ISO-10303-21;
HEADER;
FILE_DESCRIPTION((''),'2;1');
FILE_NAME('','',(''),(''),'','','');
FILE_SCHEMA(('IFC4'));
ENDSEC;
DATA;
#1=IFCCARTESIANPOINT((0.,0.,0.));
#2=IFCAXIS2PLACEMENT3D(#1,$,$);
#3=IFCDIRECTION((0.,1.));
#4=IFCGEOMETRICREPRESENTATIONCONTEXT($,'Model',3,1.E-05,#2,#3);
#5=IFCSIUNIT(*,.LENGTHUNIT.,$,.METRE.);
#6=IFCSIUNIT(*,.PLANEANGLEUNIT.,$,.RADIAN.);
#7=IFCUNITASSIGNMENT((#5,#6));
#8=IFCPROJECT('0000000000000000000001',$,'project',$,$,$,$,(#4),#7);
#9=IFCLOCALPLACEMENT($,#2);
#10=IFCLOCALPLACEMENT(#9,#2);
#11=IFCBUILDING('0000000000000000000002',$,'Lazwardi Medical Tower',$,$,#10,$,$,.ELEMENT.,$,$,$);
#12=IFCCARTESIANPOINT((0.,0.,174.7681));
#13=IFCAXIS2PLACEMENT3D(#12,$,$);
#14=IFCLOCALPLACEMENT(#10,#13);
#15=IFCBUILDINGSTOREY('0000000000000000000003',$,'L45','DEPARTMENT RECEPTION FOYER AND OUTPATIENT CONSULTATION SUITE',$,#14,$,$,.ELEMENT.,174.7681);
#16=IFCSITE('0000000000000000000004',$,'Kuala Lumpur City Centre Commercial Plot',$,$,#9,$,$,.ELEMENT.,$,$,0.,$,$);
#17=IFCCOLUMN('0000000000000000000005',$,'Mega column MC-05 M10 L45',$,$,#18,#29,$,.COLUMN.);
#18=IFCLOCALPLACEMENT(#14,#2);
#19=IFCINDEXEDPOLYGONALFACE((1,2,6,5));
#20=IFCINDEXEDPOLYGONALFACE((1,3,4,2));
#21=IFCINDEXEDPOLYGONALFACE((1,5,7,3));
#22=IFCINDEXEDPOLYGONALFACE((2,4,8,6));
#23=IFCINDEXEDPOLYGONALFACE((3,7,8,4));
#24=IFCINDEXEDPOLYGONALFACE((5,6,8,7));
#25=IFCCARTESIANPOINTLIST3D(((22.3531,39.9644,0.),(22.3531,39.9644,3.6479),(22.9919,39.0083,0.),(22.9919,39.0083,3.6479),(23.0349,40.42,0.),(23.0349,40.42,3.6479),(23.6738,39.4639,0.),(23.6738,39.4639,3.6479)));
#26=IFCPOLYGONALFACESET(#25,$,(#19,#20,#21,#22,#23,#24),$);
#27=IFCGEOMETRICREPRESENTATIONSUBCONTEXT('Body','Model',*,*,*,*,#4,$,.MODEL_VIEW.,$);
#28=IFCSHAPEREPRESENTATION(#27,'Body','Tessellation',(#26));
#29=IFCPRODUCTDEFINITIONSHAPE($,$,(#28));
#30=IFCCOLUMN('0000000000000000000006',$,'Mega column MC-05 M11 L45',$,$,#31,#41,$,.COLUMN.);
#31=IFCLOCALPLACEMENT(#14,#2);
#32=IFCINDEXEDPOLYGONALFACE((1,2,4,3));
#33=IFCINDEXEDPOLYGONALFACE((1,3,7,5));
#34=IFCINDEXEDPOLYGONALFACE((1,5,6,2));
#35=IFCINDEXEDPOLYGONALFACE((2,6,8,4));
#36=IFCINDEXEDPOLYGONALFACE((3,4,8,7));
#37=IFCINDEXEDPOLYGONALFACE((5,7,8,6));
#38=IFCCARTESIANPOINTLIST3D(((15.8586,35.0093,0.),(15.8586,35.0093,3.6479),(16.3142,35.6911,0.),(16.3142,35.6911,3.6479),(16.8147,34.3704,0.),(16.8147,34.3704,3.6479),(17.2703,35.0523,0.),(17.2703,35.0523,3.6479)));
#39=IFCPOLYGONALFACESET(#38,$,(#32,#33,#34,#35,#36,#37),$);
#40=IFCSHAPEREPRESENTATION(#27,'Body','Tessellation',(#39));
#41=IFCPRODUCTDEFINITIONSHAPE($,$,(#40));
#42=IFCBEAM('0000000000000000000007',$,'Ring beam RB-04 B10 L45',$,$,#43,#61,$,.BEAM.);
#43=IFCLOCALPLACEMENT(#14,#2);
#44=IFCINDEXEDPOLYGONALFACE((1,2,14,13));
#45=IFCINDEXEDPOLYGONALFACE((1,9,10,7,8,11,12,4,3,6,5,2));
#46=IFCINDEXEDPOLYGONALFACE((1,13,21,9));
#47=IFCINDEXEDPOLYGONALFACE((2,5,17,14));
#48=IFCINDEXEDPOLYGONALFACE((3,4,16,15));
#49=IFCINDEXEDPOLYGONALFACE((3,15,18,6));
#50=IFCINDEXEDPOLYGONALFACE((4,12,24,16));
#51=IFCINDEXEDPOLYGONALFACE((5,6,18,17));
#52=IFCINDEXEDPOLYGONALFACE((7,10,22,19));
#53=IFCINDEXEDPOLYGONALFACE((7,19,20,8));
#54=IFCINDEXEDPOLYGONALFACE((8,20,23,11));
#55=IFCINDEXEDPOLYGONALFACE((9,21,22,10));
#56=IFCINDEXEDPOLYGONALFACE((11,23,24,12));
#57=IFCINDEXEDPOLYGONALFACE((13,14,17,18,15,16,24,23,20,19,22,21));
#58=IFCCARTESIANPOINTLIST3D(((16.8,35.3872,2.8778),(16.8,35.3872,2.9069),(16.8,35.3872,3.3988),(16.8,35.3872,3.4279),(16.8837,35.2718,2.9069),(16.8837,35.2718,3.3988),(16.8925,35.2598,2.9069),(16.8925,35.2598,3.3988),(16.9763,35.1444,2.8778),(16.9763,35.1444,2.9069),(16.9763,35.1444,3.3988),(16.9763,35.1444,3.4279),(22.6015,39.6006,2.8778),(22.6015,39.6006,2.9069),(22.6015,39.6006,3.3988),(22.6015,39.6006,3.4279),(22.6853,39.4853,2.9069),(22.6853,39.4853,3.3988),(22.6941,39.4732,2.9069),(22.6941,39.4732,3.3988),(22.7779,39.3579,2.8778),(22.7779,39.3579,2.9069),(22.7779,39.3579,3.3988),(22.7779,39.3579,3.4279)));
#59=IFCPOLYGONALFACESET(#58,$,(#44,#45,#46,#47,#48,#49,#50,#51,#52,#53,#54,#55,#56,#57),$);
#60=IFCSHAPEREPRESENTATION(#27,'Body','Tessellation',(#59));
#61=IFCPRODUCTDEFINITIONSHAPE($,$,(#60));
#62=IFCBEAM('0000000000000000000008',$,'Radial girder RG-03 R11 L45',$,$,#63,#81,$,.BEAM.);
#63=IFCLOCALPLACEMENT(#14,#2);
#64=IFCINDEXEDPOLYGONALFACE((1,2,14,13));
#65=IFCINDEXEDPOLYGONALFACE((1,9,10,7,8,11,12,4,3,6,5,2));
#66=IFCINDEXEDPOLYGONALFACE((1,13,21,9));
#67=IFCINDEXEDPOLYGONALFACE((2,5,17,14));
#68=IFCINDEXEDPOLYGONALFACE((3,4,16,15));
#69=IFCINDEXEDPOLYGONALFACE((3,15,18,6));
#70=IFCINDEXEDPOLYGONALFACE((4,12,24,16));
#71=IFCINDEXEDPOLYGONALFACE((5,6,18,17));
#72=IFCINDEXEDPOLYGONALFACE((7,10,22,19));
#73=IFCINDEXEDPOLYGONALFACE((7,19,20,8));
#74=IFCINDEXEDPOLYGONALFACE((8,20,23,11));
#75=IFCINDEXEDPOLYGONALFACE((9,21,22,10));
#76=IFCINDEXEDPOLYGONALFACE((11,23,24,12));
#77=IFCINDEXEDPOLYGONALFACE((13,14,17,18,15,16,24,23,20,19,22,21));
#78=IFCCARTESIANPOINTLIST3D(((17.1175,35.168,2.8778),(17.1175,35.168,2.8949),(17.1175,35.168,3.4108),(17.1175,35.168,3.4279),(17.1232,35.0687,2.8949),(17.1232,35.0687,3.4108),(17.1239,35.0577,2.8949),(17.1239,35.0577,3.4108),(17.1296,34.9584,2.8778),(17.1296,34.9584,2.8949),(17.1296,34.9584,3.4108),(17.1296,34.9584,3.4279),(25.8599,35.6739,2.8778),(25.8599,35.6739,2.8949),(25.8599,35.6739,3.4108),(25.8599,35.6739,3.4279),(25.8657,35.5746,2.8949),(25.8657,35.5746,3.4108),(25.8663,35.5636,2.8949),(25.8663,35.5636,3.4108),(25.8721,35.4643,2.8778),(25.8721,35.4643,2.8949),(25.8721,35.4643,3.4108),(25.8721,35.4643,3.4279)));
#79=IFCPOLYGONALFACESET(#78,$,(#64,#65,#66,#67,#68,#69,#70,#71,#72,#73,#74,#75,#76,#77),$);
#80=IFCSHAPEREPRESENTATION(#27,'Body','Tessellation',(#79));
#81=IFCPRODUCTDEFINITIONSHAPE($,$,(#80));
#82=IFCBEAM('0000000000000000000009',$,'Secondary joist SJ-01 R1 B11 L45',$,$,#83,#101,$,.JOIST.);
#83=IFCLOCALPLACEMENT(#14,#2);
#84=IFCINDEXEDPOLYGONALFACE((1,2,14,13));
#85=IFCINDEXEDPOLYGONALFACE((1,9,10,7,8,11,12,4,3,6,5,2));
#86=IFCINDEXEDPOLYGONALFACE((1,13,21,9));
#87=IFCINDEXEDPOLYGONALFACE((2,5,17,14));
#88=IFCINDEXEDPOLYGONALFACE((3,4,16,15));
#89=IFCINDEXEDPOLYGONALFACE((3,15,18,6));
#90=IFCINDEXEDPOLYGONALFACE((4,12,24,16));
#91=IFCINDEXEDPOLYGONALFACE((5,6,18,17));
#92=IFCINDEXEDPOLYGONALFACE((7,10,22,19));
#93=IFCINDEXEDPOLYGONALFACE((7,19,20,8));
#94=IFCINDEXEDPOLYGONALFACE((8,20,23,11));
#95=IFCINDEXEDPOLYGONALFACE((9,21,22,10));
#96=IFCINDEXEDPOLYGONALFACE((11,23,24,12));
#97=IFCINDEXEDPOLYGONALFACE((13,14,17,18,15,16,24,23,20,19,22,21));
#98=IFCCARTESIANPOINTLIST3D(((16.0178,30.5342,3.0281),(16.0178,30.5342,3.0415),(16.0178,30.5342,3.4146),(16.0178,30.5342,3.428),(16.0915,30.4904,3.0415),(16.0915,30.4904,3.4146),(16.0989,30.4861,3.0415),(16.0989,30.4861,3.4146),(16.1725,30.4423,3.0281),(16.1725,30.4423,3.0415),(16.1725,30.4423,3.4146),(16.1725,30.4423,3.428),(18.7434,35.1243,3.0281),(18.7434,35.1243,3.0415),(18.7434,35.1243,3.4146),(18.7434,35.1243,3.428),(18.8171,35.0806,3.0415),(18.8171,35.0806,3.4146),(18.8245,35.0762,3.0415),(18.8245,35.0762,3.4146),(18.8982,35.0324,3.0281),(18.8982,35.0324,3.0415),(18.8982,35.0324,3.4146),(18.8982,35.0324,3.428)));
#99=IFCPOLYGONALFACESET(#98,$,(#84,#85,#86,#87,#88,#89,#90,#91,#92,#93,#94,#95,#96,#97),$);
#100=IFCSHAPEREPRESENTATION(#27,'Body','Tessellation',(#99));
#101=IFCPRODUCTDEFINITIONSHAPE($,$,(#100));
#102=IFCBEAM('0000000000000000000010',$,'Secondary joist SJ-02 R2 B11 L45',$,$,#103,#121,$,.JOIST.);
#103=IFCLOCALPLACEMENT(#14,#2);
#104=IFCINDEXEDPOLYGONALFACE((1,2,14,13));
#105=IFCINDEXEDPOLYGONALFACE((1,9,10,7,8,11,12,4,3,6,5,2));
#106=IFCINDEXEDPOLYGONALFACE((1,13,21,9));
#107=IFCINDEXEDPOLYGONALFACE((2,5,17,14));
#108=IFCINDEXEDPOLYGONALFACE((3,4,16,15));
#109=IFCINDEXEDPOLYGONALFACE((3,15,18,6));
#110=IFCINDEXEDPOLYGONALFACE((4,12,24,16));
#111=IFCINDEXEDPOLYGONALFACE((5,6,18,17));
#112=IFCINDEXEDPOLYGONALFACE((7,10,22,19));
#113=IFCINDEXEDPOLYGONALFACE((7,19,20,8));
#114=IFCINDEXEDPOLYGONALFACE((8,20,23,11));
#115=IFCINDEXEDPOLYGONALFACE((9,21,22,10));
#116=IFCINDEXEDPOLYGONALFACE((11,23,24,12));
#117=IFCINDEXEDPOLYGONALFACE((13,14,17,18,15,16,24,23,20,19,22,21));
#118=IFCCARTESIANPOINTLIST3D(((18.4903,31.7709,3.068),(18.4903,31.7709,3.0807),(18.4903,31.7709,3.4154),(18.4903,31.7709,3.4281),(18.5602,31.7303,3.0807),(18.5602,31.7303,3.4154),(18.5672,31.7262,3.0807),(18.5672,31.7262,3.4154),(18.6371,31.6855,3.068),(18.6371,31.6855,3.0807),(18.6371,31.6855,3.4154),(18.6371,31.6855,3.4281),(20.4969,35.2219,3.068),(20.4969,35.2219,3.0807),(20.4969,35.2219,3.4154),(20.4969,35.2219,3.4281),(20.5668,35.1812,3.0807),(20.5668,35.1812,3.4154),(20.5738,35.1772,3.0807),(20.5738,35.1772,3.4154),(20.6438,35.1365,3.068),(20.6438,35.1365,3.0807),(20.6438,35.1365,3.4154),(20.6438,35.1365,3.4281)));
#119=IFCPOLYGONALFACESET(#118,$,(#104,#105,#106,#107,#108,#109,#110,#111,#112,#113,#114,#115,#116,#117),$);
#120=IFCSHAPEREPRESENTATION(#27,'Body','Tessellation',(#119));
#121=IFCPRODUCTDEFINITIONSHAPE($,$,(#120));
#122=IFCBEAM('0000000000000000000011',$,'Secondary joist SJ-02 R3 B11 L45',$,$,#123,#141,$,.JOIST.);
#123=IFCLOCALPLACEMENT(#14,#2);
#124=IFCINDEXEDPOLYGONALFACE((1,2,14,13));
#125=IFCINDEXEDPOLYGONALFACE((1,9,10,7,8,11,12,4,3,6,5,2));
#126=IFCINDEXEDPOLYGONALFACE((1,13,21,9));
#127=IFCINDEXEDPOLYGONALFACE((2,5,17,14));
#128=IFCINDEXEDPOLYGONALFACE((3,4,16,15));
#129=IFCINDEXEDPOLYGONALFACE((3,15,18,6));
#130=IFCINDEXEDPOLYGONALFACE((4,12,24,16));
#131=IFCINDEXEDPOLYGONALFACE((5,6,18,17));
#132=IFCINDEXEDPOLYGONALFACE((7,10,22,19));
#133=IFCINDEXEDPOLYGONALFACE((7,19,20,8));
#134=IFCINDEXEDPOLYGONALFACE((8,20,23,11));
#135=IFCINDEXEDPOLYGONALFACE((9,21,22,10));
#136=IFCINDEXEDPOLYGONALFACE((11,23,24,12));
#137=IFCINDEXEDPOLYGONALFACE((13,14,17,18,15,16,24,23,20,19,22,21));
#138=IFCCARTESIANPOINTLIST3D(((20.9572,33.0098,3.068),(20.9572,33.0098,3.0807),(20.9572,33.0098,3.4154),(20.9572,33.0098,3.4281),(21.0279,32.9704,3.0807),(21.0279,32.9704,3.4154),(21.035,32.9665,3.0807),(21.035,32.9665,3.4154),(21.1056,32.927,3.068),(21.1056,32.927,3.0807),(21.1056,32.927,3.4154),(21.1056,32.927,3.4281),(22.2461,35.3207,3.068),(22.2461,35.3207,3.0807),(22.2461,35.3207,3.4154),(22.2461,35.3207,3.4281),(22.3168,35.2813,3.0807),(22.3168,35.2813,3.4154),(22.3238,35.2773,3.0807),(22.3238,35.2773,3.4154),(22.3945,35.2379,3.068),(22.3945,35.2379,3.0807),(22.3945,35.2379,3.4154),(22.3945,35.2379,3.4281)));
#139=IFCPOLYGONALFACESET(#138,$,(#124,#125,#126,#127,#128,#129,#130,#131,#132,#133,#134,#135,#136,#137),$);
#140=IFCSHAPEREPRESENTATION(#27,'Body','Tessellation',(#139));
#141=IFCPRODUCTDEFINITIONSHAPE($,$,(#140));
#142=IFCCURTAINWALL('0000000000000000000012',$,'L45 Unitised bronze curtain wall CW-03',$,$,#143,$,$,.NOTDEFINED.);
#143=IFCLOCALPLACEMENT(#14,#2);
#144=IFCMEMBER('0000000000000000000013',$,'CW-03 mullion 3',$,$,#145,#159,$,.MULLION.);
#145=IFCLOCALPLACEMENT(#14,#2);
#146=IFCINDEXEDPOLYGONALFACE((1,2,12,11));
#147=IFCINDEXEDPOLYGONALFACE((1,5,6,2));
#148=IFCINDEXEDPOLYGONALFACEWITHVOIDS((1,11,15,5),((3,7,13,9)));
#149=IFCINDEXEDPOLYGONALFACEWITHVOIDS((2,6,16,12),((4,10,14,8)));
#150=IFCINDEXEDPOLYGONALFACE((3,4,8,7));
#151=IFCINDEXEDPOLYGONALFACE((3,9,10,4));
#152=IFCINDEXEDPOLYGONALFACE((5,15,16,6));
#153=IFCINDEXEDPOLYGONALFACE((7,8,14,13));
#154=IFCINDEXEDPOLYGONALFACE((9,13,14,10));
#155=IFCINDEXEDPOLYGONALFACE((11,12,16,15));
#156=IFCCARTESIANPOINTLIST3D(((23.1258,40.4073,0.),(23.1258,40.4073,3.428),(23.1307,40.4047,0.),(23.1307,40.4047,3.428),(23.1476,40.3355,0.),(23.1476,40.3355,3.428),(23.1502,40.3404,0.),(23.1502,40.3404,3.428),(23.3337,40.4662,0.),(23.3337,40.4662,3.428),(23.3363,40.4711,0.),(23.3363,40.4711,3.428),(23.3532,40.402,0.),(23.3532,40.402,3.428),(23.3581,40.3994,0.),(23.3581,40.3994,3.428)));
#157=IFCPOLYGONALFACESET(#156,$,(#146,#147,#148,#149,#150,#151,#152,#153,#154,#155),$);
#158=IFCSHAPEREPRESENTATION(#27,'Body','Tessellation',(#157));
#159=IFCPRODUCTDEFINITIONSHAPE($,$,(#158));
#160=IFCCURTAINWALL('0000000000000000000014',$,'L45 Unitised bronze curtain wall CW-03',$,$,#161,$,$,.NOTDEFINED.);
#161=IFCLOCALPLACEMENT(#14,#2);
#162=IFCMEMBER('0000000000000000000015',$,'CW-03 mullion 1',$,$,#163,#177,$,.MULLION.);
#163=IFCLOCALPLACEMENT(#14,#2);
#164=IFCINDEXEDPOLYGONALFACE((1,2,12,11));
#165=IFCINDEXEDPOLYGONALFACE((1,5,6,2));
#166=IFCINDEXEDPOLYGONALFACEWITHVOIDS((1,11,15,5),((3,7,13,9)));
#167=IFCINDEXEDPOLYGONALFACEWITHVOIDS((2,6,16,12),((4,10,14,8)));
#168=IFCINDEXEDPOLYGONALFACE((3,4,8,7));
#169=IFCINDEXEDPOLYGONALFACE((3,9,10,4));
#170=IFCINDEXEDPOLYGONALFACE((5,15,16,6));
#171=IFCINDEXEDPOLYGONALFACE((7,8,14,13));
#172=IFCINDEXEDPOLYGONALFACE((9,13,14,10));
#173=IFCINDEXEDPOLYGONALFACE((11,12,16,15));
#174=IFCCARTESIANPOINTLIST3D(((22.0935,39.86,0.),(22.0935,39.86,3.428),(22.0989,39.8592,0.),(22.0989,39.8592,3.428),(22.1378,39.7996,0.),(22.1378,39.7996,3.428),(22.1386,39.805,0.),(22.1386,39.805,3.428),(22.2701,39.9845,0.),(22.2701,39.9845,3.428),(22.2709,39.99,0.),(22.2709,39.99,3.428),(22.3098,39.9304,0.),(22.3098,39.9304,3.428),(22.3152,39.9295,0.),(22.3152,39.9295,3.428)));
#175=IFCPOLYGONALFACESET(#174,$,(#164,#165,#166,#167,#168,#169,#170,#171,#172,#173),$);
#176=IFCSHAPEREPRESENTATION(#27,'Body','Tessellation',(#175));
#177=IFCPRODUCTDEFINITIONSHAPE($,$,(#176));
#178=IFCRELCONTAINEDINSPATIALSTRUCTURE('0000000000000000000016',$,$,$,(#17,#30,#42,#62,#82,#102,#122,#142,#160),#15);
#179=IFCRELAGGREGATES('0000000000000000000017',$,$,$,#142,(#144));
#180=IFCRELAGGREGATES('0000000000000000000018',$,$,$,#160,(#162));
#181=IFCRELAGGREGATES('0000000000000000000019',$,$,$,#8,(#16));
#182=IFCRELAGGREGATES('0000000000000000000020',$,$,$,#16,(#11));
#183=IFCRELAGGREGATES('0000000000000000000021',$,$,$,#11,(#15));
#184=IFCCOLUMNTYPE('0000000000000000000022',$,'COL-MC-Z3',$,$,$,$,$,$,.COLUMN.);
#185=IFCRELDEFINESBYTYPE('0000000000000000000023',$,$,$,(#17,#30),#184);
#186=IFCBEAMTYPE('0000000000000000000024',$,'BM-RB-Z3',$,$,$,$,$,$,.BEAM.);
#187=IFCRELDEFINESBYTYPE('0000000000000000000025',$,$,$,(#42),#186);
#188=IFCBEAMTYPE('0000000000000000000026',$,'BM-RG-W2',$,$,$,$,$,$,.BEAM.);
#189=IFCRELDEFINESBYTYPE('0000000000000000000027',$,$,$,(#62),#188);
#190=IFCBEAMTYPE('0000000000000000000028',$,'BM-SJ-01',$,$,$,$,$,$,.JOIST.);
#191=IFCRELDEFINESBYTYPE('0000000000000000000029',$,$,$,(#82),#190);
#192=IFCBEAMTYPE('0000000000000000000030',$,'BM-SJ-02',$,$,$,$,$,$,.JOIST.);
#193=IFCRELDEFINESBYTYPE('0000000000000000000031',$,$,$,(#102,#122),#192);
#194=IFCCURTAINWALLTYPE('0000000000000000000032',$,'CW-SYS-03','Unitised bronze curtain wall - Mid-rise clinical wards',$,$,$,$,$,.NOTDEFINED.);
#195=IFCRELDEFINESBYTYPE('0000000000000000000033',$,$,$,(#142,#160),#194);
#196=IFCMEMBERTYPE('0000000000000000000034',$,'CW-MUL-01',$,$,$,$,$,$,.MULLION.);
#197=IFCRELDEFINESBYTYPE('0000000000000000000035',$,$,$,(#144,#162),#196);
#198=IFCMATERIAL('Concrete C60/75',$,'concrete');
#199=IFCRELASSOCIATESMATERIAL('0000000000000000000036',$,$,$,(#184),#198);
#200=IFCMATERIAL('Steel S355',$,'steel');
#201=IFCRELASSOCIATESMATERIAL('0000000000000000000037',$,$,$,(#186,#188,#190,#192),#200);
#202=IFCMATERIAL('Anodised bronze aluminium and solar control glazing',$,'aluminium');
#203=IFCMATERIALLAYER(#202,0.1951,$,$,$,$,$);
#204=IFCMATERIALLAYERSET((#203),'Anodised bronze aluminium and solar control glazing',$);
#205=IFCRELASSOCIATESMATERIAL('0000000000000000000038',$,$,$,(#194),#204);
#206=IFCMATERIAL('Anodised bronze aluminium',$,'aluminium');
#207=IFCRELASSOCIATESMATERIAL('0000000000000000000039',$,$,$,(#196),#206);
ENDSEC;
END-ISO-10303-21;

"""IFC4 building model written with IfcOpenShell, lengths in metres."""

from ifc_helpers import new_model, si_unit, direction, frame, origin, origin_2d, place, context, subcontext, project, spatial, rectangle, hollow_rectangle, i_section, extrude, material, layer, layer_set, material_profile, profile_set, type_object, element, aggregate, save


model = new_model("IFC4")

# Units and contexts
model_context = context("Model", 3, precision=1e-05, world=origin(), true_north=direction((0.0, 1.0)))
body_context = subcontext(model_context, "Body", "Model", "MODEL_VIEW")
ifc_project = project(units=[si_unit("LENGTHUNIT", "METRE"), si_unit("PLANEANGLEUNIT", "RADIAN")], contexts=[model_context])

# Site, building, storey
site_placement = place(None, origin())
site = spatial("IfcSite", under=ifc_project, at=site_placement, Name="Kuala Lumpur City Centre Commercial Plot", CompositionType="ELEMENT", RefElevation=0.0)
building_placement = place(site_placement, origin())
building = spatial("IfcBuilding", under=site, at=building_placement, Name="Lazwardi Medical Tower", CompositionType="ELEMENT")
storey_placement = place(building_placement, frame((0.0, 0.0, 174.7681)))
storey = spatial("IfcBuildingStorey", under=building, at=storey_placement, Name="L45", Description="DEPARTMENT RECEPTION FOYER AND OUTPATIENT CONSULTATION SUITE", CompositionType="ELEMENT", Elevation=174.7681)

# Columns
ifc_material_1 = material(Name="Concrete C60/75", Category="concrete")
ifc_material_profile_1 = material_profile(ifc_material_1, rectangle(XDim=1.1499, YDim=0.8201, at=origin_2d()), Name="CFT-RECT 1150x820")
ifc_profile_set_1 = profile_set([ifc_material_profile_1], Name="Concrete C60/75")
column_type = type_object("IfcColumnType", Name="COL-MC-Z3", PredefinedType="COLUMN", material=ifc_profile_set_1)
for number, where, z_axis, x_axis, name in (
    (1, (23.0134, 39.7141, 0.0), (0.0, 0.0, 1.0), (-0.55557, 0.83147, 0.0), "Mega column MC-05 M10 L45"),
    (2, (16.5645, 35.0308, 0.0), (0.0, 0.0, 1.0), (-0.83147, 0.55557, 0.0), "Mega column MC-05 M11 L45"),
):
    element("IfcColumn", number, at=place(storey_placement, frame(where, z_axis=z_axis, x_axis=x_axis)), inside=storey, type_object=column_type, Name=name, PredefinedType="COLUMN", context=body_context, shape_type="SweptSolid", body=[
        extrude(rectangle(XDim=1.1499, YDim=0.8201, at=origin_2d()), origin(), (0.0, 0.0, 1.0), 3.6479),
    ])

# Beams
ifc_material_2 = material(Name="Steel S355", Category="steel")
ifc_material_profile_2 = material_profile(ifc_material_2, i_section(OverallWidth=0.3, OverallDepth=0.55, WebThickness=0.0149, FlangeThickness=0.0291, at=origin_2d()), Name="HEB 550")
ifc_profile_set_2 = profile_set([ifc_material_profile_2], Name="Steel S355")
beam_type_1 = type_object("IfcBeamType", Name="BM-RB-Z3", PredefinedType="BEAM", material=ifc_profile_set_2)
beam_1_placement = place(storey_placement, frame((22.6897, 39.4792, 3.1528), z_axis=(-0.809128, -0.587633, 0.0), x_axis=(0.587633, -0.809128, 0.0)))
element("IfcBeam", 3, at=beam_1_placement, inside=storey, type_object=beam_type_1, Name="Ring beam RB-04 B10 L45", PredefinedType="BEAM", context=body_context, shape_type="SweptSolid", body=[
    extrude(i_section(OverallWidth=0.3, OverallDepth=0.55, WebThickness=0.0149, FlangeThickness=0.0291, at=origin_2d()), origin(), (0.0, 0.0, 1.0), 7.1702),
])
ifc_material_profile_3 = material_profile(ifc_material_2, i_section(OverallWidth=0.21, OverallDepth=0.55, WebThickness=0.011, FlangeThickness=0.0171, at=origin_2d()), Name="IPE 550")
ifc_profile_set_3 = profile_set([ifc_material_profile_3], Name="Steel S355")
beam_type_2 = type_object("IfcBeamType", Name="BM-RG-W2", PredefinedType="BEAM", material=ifc_profile_set_3)
beam_2_placement = place(storey_placement, frame((17.1235, 35.0632, 3.1528), z_axis=(0.99833, 0.057766, 0.0), x_axis=(-0.057766, 0.99833, 0.0)))
element("IfcBeam", 4, at=beam_2_placement, inside=storey, type_object=beam_type_2, Name="Radial girder RG-03 R11 L45", PredefinedType="BEAM", context=body_context, shape_type="SweptSolid", body=[
    extrude(i_section(OverallWidth=0.21, OverallDepth=0.55, WebThickness=0.011, FlangeThickness=0.0171, at=origin_2d()), origin(), (0.0, 0.0, 1.0), 8.7571),
])
ifc_material_profile_4 = material_profile(ifc_material_2, i_section(OverallWidth=0.1799, OverallDepth=0.3999, WebThickness=0.0085, FlangeThickness=0.0134, at=origin_2d()), Name="IPE 400")
ifc_profile_set_4 = profile_set([ifc_material_profile_4], Name="Steel S355")
beam_type_3 = type_object("IfcBeamType", Name="BM-SJ-01", PredefinedType="JOIST", material=ifc_profile_set_4)
beam_3_placement = place(storey_placement, frame((18.8208, 35.0784, 3.228), z_axis=(-0.510569, -0.859837, 0.0), x_axis=(0.859837, -0.510569, 0.0)))
element("IfcBeam", 5, at=beam_3_placement, inside=storey, type_object=beam_type_3, Name="Secondary joist SJ-01 R1 B11 L45", PredefinedType="JOIST", context=body_context, shape_type="SweptSolid", body=[
    extrude(i_section(OverallWidth=0.1799, OverallDepth=0.3999, WebThickness=0.0085, FlangeThickness=0.0134, at=origin_2d()), origin(), (0.0, 0.0, 1.0), 5.3384),
])
ifc_material_profile_5 = material_profile(ifc_material_2, i_section(OverallWidth=0.1699, OverallDepth=0.3601, WebThickness=0.0081, FlangeThickness=0.0127, at=origin_2d()), Name="IPE 360")
ifc_profile_set_5 = profile_set([ifc_material_profile_5], Name="Steel S355")
beam_type_4 = type_object("IfcBeamType", Name="BM-SJ-02", PredefinedType="JOIST", material=ifc_profile_set_5)
beam_4_placement = place(storey_placement, frame((20.5703, 35.1792, 3.248), z_axis=(-0.502665, -0.864481, 0.0), x_axis=(0.864481, -0.502665, 0.0)))
element("IfcBeam", 6, at=beam_4_placement, inside=storey, type_object=beam_type_4, Name="Secondary joist SJ-02 R2 B11 L45", PredefinedType="JOIST", context=body_context, shape_type="SweptSolid", body=[
    extrude(i_section(OverallWidth=0.1699, OverallDepth=0.3601, WebThickness=0.0081, FlangeThickness=0.0127, at=origin_2d()), origin(), (0.0, 0.0, 1.0), 3.9919),
])
beam_5_placement = place(storey_placement, frame((22.3203, 35.2793, 3.248), z_axis=(-0.487099, -0.873347, 0.0), x_axis=(0.873347, -0.487099, 0.0)))
element("IfcBeam", 7, at=beam_5_placement, inside=storey, type_object=beam_type_4, Name="Secondary joist SJ-02 R3 B11 L45", PredefinedType="JOIST", context=body_context, shape_type="SweptSolid", body=[
    extrude(i_section(OverallWidth=0.1699, OverallDepth=0.3601, WebThickness=0.0081, FlangeThickness=0.0127, at=origin_2d()), origin(), (0.0, 0.0, 1.0), 2.646),
])

# Curtain wall, member
ifc_material_3 = material(Name="Anodised bronze aluminium and solar control glazing", Category="aluminium")
ifc_layer_1 = layer(ifc_material_3, 0.1951)
ifc_layer_set_1 = layer_set([ifc_layer_1], Name="Anodised bronze aluminium and solar control glazing")
curtain_wall_type = type_object("IfcCurtainWallType", Name="CW-SYS-03", Description="Unitised bronze curtain wall - Mid-rise clinical wards", PredefinedType="NOTDEFINED", material=ifc_layer_set_1)
curtain_wall_1_placement = place(storey_placement, origin())
curtain_wall_1 = element("IfcCurtainWall", 8, at=curtain_wall_1_placement, inside=storey, type_object=curtain_wall_type, Name="L45 Unitised bronze curtain wall CW-03", PredefinedType="NOTDEFINED")
ifc_material_4 = material(Name="Anodised bronze aluminium", Category="aluminium")
ifc_material_profile_6 = material_profile(ifc_material_4, hollow_rectangle(XDim=0.075, YDim=0.22, WallThickness=0.0039, at=origin_2d()), Name="ALU-MULLION 220x75x4")
ifc_profile_set_6 = profile_set([ifc_material_profile_6], Name="Anodised bronze aluminium")
member_type_1 = type_object("IfcMemberType", Name="CW-MUL-01", PredefinedType="MULLION", material=ifc_profile_set_6)
member_1_placement = place(storey_placement, frame((23.2419, 40.4033, 0.0), z_axis=(0.0, 0.0, 1.0), x_axis=(0.290281, -0.956942, 0.0)))
member_1 = element("IfcMember", 9, at=member_1_placement, type_object=member_type_1, Name="CW-03 mullion 3", PredefinedType="MULLION", context=body_context, shape_type="SweptSolid", body=[
    extrude(hollow_rectangle(XDim=0.075, YDim=0.22, WallThickness=0.0039, at=origin_2d()), origin(), (0.0, 0.0, 1.0), 3.428),
])
aggregate(curtain_wall_1, [member_1])

# Curtain wall, member
curtain_wall_2_placement = place(storey_placement, origin())
curtain_wall_2 = element("IfcCurtainWall", 10, at=curtain_wall_2_placement, inside=storey, type_object=curtain_wall_type, Name="L45 Unitised bronze curtain wall CW-03", PredefinedType="NOTDEFINED")
member_2_placement = place(storey_placement, frame((22.2043, 39.8948, 0.0), z_axis=(0.0, 0.0, 1.0), x_axis=(0.590834, -0.806793, 0.0)))
member_2 = element("IfcMember", 11, at=member_2_placement, type_object=member_type_1, Name="CW-03 mullion 1", PredefinedType="MULLION", context=body_context, shape_type="SweptSolid", body=[
    extrude(hollow_rectangle(XDim=0.075, YDim=0.22, WallThickness=0.0039, at=origin_2d()), origin(), (0.0, 0.0, 1.0), 3.428),
])

aggregate(curtain_wall_2, [member_2])

save(model, "model.ifc")
